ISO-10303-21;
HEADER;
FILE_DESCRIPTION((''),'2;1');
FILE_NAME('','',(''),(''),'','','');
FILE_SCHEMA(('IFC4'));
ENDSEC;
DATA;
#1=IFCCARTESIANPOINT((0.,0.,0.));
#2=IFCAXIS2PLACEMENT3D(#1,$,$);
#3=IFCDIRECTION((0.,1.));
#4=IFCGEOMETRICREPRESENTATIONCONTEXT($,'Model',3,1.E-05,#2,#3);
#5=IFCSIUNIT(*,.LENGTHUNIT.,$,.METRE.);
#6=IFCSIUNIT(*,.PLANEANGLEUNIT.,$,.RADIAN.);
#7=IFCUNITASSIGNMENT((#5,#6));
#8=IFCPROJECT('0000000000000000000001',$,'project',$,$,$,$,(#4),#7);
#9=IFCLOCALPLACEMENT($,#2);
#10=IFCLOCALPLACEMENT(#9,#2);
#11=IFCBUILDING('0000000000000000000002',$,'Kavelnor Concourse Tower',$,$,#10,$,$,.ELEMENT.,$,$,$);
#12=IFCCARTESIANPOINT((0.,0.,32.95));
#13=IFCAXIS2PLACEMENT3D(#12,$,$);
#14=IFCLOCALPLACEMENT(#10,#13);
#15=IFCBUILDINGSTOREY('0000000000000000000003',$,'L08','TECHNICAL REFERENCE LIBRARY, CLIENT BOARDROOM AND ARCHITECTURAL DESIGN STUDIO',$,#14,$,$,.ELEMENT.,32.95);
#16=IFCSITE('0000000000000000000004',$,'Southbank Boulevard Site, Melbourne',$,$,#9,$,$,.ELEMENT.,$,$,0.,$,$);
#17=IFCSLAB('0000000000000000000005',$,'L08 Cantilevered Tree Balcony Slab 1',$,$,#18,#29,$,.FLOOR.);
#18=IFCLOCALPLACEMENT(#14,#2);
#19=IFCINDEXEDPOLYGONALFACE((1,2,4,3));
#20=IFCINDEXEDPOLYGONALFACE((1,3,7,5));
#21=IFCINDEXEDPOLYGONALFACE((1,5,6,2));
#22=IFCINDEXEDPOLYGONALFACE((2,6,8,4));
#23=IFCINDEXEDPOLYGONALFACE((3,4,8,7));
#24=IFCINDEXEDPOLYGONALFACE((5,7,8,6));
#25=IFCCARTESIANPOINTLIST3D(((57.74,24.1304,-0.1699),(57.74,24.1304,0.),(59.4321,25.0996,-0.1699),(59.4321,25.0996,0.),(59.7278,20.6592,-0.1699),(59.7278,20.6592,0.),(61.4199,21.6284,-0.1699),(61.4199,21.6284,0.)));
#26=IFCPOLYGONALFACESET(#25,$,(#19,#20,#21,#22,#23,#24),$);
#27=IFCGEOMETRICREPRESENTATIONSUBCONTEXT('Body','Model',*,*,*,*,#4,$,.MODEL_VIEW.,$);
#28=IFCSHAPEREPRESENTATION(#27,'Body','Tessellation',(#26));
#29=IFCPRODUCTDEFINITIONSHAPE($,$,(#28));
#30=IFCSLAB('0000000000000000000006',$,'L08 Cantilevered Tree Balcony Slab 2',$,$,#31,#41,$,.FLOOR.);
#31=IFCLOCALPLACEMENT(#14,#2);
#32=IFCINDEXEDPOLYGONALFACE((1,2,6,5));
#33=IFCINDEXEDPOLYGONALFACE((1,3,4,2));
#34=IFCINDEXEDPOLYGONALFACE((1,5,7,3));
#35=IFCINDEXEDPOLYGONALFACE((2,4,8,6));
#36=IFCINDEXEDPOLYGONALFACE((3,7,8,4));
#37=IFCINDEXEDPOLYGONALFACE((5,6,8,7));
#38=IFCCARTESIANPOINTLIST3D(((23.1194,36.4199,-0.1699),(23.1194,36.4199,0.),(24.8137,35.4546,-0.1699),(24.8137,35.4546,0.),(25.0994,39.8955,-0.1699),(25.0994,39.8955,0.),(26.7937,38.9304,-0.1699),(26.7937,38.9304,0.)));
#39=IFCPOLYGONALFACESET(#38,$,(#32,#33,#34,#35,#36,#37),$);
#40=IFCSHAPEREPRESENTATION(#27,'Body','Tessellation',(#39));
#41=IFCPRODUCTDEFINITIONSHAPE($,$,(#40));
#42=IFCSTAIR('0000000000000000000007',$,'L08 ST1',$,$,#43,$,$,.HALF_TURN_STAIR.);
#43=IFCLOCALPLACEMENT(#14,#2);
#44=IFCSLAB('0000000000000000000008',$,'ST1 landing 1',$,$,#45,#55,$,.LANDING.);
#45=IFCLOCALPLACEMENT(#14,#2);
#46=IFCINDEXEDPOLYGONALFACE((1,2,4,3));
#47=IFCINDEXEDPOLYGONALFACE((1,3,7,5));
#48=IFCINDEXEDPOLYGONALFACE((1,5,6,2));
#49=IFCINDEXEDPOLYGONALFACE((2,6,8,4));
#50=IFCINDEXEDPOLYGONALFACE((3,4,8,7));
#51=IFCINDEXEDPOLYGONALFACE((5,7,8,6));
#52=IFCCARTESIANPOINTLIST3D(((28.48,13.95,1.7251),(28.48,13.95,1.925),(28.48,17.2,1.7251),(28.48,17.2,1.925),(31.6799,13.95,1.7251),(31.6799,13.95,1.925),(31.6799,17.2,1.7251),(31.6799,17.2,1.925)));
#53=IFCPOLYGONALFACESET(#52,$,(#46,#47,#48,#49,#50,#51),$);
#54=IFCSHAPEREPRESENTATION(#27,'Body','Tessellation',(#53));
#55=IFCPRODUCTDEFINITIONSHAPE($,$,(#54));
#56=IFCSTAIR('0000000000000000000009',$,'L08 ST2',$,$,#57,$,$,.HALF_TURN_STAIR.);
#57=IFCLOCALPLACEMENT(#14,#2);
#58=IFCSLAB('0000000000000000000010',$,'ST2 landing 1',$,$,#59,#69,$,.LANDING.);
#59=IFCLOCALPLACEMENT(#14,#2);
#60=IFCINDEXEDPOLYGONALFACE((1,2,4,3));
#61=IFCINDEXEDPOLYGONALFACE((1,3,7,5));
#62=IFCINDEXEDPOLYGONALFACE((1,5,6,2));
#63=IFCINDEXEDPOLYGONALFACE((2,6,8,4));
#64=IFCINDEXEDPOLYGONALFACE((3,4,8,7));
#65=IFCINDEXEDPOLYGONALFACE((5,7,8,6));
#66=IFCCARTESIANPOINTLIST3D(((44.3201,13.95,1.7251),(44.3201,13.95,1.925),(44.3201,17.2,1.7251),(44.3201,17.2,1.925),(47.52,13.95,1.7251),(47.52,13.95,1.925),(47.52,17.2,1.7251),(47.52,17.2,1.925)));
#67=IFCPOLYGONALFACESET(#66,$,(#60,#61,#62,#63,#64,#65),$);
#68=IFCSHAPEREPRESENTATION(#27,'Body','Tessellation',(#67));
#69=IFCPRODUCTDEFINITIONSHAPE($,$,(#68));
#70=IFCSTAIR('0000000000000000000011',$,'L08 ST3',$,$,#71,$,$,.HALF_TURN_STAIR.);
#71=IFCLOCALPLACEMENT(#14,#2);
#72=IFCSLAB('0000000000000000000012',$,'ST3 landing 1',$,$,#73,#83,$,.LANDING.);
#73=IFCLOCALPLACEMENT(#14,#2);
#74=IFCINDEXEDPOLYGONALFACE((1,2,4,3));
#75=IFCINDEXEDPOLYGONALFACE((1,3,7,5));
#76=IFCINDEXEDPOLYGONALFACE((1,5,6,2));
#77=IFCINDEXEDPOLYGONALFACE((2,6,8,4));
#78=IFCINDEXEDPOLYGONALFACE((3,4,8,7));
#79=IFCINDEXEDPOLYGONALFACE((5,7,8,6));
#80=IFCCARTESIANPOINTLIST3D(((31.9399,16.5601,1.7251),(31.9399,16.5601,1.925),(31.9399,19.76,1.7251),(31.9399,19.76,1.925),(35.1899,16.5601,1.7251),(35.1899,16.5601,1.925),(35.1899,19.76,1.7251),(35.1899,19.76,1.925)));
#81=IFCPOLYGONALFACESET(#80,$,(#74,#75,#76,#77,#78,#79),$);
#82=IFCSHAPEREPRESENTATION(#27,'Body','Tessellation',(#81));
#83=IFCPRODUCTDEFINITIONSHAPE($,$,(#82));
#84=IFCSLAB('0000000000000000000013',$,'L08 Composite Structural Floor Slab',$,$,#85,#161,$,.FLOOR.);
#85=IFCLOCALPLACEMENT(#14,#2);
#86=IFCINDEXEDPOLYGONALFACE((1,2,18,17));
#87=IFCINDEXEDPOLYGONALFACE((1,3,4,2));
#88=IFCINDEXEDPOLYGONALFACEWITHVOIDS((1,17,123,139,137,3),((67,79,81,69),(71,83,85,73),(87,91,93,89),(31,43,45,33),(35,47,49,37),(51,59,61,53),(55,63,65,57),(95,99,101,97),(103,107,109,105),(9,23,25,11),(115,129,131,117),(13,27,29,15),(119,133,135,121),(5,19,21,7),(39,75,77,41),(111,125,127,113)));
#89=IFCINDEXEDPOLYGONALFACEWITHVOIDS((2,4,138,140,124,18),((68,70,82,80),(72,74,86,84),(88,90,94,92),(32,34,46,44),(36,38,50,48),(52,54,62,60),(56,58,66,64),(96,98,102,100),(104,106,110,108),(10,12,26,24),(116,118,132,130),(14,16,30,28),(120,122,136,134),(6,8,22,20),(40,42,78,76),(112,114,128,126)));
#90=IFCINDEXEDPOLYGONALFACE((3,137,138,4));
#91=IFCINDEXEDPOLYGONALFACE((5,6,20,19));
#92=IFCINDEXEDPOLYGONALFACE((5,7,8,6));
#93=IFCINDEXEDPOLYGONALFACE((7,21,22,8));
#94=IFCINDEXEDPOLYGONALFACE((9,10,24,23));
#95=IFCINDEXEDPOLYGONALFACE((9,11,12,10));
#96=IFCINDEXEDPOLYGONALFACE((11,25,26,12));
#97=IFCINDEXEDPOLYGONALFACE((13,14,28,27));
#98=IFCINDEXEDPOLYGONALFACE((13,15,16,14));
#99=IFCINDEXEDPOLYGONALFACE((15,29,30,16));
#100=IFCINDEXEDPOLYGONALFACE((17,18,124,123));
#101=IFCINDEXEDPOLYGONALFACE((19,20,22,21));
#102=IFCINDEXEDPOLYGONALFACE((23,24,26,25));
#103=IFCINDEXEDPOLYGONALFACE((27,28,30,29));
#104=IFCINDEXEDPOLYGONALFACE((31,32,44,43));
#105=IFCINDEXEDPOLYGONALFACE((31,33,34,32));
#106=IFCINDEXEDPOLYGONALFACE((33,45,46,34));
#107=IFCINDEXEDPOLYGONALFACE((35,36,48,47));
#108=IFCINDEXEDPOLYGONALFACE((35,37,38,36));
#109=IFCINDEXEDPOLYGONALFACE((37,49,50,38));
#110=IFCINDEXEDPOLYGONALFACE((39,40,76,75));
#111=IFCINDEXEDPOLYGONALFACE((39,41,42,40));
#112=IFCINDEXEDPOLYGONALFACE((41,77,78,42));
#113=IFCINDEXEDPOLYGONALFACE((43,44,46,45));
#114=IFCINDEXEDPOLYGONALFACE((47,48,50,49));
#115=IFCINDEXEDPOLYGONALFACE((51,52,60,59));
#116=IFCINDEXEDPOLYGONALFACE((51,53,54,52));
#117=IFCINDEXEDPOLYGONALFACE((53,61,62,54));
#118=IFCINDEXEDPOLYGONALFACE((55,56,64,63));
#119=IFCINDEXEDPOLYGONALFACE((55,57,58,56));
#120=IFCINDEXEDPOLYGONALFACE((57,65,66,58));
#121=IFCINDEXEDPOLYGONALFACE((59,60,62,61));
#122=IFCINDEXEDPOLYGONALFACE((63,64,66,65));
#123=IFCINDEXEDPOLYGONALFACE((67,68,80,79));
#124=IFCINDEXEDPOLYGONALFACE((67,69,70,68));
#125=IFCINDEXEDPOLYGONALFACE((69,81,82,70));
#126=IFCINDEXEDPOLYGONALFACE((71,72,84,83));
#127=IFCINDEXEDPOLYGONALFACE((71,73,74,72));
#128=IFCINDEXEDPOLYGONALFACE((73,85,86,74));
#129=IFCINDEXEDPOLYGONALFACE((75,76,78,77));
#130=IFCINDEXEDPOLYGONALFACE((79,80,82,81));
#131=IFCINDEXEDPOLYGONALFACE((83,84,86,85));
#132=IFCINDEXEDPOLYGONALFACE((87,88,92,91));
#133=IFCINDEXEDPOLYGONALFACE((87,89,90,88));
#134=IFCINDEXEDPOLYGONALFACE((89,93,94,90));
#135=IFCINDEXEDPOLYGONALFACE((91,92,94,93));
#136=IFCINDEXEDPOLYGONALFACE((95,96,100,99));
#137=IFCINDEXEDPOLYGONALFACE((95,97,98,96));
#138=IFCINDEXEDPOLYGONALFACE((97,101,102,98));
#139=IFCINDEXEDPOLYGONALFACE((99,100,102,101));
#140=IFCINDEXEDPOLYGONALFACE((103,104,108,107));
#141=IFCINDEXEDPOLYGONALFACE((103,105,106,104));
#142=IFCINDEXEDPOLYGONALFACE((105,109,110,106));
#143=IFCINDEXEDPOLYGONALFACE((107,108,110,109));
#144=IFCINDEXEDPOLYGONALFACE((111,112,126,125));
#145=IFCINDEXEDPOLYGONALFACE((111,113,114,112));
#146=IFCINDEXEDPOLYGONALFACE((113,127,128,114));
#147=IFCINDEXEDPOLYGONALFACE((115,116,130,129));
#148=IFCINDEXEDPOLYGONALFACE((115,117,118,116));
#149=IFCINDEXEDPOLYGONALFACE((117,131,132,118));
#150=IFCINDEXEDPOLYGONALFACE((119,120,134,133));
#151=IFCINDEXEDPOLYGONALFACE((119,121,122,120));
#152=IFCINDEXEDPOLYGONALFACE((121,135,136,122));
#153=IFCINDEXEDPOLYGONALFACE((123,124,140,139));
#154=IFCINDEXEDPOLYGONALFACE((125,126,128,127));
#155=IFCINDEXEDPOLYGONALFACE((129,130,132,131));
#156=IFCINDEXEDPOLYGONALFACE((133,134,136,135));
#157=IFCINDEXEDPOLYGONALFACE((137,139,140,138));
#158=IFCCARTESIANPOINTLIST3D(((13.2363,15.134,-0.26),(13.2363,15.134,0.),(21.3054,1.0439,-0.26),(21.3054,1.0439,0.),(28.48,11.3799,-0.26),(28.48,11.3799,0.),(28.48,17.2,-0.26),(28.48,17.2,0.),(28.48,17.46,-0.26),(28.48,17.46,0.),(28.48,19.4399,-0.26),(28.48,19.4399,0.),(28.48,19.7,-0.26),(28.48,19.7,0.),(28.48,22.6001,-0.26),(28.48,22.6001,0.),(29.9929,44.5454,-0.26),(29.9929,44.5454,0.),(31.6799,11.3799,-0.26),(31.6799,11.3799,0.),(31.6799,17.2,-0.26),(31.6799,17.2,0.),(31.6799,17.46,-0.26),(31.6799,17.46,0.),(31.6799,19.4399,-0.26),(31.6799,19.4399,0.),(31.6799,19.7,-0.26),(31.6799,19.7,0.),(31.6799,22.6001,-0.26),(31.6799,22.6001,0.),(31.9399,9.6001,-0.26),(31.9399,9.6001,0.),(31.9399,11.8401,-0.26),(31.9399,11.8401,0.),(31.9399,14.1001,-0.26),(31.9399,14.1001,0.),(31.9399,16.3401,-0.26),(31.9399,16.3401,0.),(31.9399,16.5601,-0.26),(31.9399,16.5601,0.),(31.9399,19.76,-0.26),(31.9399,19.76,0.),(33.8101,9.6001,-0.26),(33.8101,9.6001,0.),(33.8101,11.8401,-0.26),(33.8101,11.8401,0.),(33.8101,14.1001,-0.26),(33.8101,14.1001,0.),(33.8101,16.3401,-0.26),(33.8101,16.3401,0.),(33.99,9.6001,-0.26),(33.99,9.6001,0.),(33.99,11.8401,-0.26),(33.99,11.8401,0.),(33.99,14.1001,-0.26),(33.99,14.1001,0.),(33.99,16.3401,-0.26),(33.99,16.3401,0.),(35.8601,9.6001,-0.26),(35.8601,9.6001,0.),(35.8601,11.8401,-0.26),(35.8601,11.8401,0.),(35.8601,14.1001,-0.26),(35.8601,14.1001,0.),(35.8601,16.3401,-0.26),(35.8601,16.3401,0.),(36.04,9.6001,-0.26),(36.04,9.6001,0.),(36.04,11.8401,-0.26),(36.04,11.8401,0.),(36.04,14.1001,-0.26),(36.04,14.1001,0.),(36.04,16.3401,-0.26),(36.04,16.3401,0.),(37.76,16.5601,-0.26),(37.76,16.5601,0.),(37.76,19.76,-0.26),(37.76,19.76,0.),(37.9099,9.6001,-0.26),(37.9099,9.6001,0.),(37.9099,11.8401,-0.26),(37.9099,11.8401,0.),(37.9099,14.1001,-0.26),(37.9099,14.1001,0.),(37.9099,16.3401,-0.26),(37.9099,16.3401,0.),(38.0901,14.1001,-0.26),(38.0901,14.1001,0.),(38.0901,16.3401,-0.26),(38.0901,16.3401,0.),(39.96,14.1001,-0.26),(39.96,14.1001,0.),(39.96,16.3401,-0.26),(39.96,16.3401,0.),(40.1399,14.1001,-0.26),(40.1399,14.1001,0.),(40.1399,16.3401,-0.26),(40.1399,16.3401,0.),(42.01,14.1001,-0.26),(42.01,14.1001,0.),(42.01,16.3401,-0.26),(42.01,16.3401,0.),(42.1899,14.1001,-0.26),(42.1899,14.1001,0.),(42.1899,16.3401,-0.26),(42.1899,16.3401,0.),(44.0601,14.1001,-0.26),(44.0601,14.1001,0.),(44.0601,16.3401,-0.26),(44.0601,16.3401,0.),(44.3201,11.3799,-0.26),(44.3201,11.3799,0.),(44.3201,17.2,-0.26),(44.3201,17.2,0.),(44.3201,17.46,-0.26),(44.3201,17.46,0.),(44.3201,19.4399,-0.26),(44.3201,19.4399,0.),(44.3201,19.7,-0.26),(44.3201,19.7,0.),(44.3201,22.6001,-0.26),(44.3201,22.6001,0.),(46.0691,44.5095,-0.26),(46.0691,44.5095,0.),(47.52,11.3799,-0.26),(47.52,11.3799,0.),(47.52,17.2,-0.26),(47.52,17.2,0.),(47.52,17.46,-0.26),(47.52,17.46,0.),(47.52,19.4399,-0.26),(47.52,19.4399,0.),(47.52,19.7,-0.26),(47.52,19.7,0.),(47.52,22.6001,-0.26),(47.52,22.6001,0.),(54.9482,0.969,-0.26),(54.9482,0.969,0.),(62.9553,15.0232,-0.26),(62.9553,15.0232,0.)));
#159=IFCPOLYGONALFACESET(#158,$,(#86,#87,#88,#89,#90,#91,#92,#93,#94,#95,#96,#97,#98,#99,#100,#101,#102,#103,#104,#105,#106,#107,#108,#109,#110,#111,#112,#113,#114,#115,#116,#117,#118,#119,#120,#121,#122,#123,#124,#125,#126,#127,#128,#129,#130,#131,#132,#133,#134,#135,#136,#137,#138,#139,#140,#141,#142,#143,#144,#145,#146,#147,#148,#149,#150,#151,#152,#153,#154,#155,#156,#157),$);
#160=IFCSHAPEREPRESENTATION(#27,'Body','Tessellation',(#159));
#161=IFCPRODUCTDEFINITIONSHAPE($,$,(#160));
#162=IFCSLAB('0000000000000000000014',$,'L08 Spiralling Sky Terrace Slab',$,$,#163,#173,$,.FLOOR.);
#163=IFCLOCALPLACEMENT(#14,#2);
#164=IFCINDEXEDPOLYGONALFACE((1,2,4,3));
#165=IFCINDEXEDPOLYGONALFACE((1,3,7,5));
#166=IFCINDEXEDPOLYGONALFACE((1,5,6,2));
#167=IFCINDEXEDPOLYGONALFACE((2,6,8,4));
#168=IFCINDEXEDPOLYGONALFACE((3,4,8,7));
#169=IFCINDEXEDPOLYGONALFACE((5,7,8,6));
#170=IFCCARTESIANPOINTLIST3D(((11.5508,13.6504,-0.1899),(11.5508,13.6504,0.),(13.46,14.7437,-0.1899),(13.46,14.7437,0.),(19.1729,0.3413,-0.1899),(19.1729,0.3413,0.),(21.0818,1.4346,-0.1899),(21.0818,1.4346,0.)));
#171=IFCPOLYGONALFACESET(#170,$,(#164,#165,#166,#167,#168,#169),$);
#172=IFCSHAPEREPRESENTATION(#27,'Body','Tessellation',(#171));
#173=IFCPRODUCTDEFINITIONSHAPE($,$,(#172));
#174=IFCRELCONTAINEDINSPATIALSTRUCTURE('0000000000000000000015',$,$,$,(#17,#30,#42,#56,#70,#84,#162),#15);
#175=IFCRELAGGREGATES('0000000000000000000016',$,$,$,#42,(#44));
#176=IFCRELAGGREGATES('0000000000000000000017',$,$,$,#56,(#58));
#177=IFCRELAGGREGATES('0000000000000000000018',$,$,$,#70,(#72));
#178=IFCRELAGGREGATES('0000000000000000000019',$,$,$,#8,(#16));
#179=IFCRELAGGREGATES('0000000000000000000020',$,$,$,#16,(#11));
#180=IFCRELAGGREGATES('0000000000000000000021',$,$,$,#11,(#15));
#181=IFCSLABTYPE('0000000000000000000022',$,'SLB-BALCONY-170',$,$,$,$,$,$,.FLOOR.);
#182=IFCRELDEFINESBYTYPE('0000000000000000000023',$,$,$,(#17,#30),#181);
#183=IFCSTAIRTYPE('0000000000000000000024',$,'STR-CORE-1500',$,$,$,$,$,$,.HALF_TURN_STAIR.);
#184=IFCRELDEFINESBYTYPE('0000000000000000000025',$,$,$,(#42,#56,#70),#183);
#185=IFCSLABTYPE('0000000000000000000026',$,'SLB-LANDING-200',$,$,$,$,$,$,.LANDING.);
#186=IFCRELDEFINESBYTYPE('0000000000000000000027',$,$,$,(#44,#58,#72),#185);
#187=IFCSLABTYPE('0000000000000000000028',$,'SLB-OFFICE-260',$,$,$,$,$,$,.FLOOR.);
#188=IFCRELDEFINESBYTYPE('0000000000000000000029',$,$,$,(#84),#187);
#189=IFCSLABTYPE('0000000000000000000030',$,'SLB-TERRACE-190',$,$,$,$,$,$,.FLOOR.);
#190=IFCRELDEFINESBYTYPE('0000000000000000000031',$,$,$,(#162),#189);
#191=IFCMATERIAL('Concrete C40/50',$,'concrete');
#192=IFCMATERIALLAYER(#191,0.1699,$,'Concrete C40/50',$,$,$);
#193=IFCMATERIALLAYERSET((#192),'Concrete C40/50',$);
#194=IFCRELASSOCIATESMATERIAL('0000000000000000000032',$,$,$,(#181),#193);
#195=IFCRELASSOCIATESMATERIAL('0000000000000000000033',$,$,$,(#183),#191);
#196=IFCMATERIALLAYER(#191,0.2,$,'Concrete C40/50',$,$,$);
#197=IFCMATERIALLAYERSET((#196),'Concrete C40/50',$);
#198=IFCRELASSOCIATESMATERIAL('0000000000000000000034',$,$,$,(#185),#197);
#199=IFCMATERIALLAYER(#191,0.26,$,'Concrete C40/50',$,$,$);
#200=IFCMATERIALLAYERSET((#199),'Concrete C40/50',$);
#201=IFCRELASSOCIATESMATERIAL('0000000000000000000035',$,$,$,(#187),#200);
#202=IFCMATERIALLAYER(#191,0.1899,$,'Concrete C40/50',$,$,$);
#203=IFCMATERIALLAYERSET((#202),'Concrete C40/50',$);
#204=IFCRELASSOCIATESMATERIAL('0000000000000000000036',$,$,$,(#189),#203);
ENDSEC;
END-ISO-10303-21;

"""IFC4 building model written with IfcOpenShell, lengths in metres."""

from ifc_helpers import new_model, si_unit, direction, frame, origin, place, context, subcontext, project, spatial, polyline, outline, extrude, material, layer, layer_set, type_object, element, aggregate, save


model = new_model("IFC4")

# Units and contexts
model_context = context("Model", 3, precision=1e-05, world=origin(), true_north=direction((0.0, 1.0)))
body_context = subcontext(model_context, "Body", "Model", "MODEL_VIEW")
ifc_project = project(units=[si_unit("LENGTHUNIT", "METRE"), si_unit("PLANEANGLEUNIT", "RADIAN")], contexts=[model_context])

# Site, building, storey
site_placement = place(None, origin())
site = spatial("IfcSite", under=ifc_project, at=site_placement, Name="Southbank Boulevard Site, Melbourne", CompositionType="ELEMENT", RefElevation=0.0)
building_placement = place(site_placement, origin())
building = spatial("IfcBuilding", under=site, at=building_placement, Name="Kavelnor Concourse Tower", CompositionType="ELEMENT")
storey_placement = place(building_placement, frame((0.0, 0.0, 32.95)))
storey = spatial("IfcBuildingStorey", under=building, at=storey_placement, Name="L08", Description="TECHNICAL REFERENCE LIBRARY, CLIENT BOARDROOM AND ARCHITECTURAL DESIGN STUDIO", CompositionType="ELEMENT", Elevation=32.95)

# Slabs
ifc_material_1 = material(Name="Concrete C40/50", Category="concrete")
ifc_layer_1 = layer(ifc_material_1, 0.1699, Name="Concrete C40/50")
ifc_layer_set_1 = layer_set([ifc_layer_1], Name="Concrete C40/50")
slab_type_1 = type_object("IfcSlabType", Name="SLB-BALCONY-170", PredefinedType="FLOOR", material=ifc_layer_set_1)
slab_1_placement = place(storey_placement, frame((0.0, 0.0, -0.1699)))
element("IfcSlab", 1, at=slab_1_placement, inside=storey, type_object=slab_type_1, Name="L08 Cantilevered Tree Balcony Slab 1", PredefinedType="FLOOR", context=body_context, shape_type="SweptSolid", body=[
    extrude(outline(polyline([(59.4321, 25.0996), (61.4199, 21.6284), (59.7278, 20.6592), (57.74, 24.1304), (59.4321, 25.0996)])), origin(), (0.0, 0.0, 1.0), 0.1699),
])
slab_2_placement = place(storey_placement, frame((0.0, 0.0, -0.1699)))
element("IfcSlab", 2, at=slab_2_placement, inside=storey, type_object=slab_type_1, Name="L08 Cantilevered Tree Balcony Slab 2", PredefinedType="FLOOR", context=body_context, shape_type="SweptSolid", body=[
    extrude(outline(polyline([(23.1194, 36.4199), (25.0994, 39.8955), (26.7937, 38.9304), (24.8137, 35.4546), (23.1194, 36.4199)])), origin(), (0.0, 0.0, 1.0), 0.1699),
])

# Stairs, slabs
stair_type = type_object("IfcStairType", Name="STR-CORE-1500", PredefinedType="HALF_TURN_STAIR", material=ifc_material_1)
stair_1_placement = place(storey_placement, origin())
stair_1 = element("IfcStair", 3, at=stair_1_placement, inside=storey, type_object=stair_type, Name="L08 ST1", PredefinedType="HALF_TURN_STAIR")
ifc_layer_2 = layer(ifc_material_1, 0.2, Name="Concrete C40/50")
ifc_layer_set_2 = layer_set([ifc_layer_2], Name="Concrete C40/50")
slab_type_2 = type_object("IfcSlabType", Name="SLB-LANDING-200", PredefinedType="LANDING", material=ifc_layer_set_2)
slab_3_placement = place(storey_placement, frame((0.0, 0.0, 1.7251)))
slab_3 = element("IfcSlab", 4, at=slab_3_placement, type_object=slab_type_2, Name="ST1 landing 1", PredefinedType="LANDING", context=body_context, shape_type="SweptSolid", body=[
    extrude(outline(polyline([(31.6799, 13.95), (31.6799, 17.2), (28.48, 17.2), (28.48, 13.95), (31.6799, 13.95)])), origin(), (0.0, 0.0, 1.0), 0.2),
])
aggregate(stair_1, [slab_3])
stair_2_placement = place(storey_placement, origin())
stair_2 = element("IfcStair", 5, at=stair_2_placement, inside=storey, type_object=stair_type, Name="L08 ST2", PredefinedType="HALF_TURN_STAIR")
slab_4_placement = place(storey_placement, frame((0.0, 0.0, 1.7251)))
slab_4 = element("IfcSlab", 6, at=slab_4_placement, type_object=slab_type_2, Name="ST2 landing 1", PredefinedType="LANDING", context=body_context, shape_type="SweptSolid", body=[
    extrude(outline(polyline([(47.52, 13.95), (47.52, 17.2), (44.3201, 17.2), (44.3201, 13.95), (47.52, 13.95)])), origin(), (0.0, 0.0, 1.0), 0.2),
])
aggregate(stair_2, [slab_4])
stair_3_placement = place(storey_placement, origin())
stair_3 = element("IfcStair", 7, at=stair_3_placement, inside=storey, type_object=stair_type, Name="L08 ST3", PredefinedType="HALF_TURN_STAIR")
slab_5_placement = place(storey_placement, frame((0.0, 0.0, 1.7251)))
slab_5 = element("IfcSlab", 8, at=slab_5_placement, type_object=slab_type_2, Name="ST3 landing 1", PredefinedType="LANDING", context=body_context, shape_type="SweptSolid", body=[
    extrude(outline(polyline([(35.1899, 19.76), (31.9399, 19.76), (31.9399, 16.5601), (35.1899, 16.5601), (35.1899, 19.76)])), origin(), (0.0, 0.0, 1.0), 0.2),
])
aggregate(stair_3, [slab_5])

# Slabs
ifc_layer_3 = layer(ifc_material_1, 0.26, Name="Concrete C40/50")
ifc_layer_set_3 = layer_set([ifc_layer_3], Name="Concrete C40/50")
slab_type_3 = type_object("IfcSlabType", Name="SLB-OFFICE-260", PredefinedType="FLOOR", material=ifc_layer_set_3)
slab_6_placement = place(storey_placement, frame((0.0, 0.0, -0.26)))
element("IfcSlab", 9, at=slab_6_placement, inside=storey, type_object=slab_type_3, Name="L08 Composite Structural Floor Slab", PredefinedType="FLOOR", context=body_context, shape_type="SweptSolid", body=[
    extrude(outline(polyline([(46.0691, 44.5095), (29.9929, 44.5454), (13.2363, 15.134), (21.3054, 1.0439), (54.9482, 0.969), (62.9553, 15.0232), (46.0691, 44.5095)]), holes=[polyline([(28.48, 11.3799), (31.6799, 11.3799), (31.6799, 17.2), (28.48, 17.2), (28.48, 11.3799)]), polyline([(44.3201, 11.3799), (47.52, 11.3799), (47.52, 17.2), (44.3201, 17.2), (44.3201, 11.3799)]), polyline([(31.9399, 16.5601), (37.76, 16.5601), (37.76, 19.76), (31.9399, 19.76), (31.9399, 16.5601)]), polyline([(28.48, 19.7), (31.6799, 19.7), (31.6799, 22.6001), (28.48, 22.6001), (28.48, 19.7)]), polyline([(44.3201, 19.7), (47.52, 19.7), (47.52, 22.6001), (44.3201, 22.6001), (44.3201, 19.7)]), polyline([(31.9399, 14.1001), (33.8101, 14.1001), (33.8101, 16.3401), (31.9399, 16.3401), (31.9399, 14.1001)]), polyline([(33.99, 14.1001), (35.8601, 14.1001), (35.8601, 16.3401), (33.99, 16.3401), (33.99, 14.1001)]), polyline([(36.04, 14.1001), (37.9099, 14.1001), (37.9099, 16.3401), (36.04, 16.3401), (36.04, 14.1001)]), polyline([(38.0901, 14.1001), (39.96, 14.1001), (39.96, 16.3401), (38.0901, 16.3401), (38.0901, 14.1001)]), polyline([(40.1399, 14.1001), (42.01, 14.1001), (42.01, 16.3401), (40.1399, 16.3401), (40.1399, 14.1001)]), polyline([(42.1899, 14.1001), (44.0601, 14.1001), (44.0601, 16.3401), (42.1899, 16.3401), (42.1899, 14.1001)]), polyline([(31.9399, 9.6001), (33.8101, 9.6001), (33.8101, 11.8401), (31.9399, 11.8401), (31.9399, 9.6001)]), polyline([(33.99, 9.6001), (35.8601, 9.6001), (35.8601, 11.8401), (33.99, 11.8401), (33.99, 9.6001)]), polyline([(36.04, 9.6001), (37.9099, 9.6001), (37.9099, 11.8401), (36.04, 11.8401), (36.04, 9.6001)]), polyline([(28.48, 17.46), (31.6799, 17.46), (31.6799, 19.4399), (28.48, 19.4399), (28.48, 17.46)]), polyline([(44.3201, 17.46), (47.52, 17.46), (47.52, 19.4399), (44.3201, 19.4399), (44.3201, 17.46)])]), origin(), (0.0, 0.0, 1.0), 0.26),
])
ifc_layer_4 = layer(ifc_material_1, 0.1899, Name="Concrete C40/50")
ifc_layer_set_4 = layer_set([ifc_layer_4], Name="Concrete C40/50")
slab_type_4 = type_object("IfcSlabType", Name="SLB-TERRACE-190", PredefinedType="FLOOR", material=ifc_layer_set_4)
slab_7_placement = place(storey_placement, frame((0.0, 0.0, -0.1899)))
element("IfcSlab", 10, at=slab_7_placement, inside=storey, type_object=slab_type_4, Name="L08 Spiralling Sky Terrace Slab", PredefinedType="FLOOR", context=body_context, shape_type="SweptSolid", body=[
    extrude(outline(polyline([(19.1729, 0.3413), (11.5508, 13.6504), (13.46, 14.7437), (21.0818, 1.4346), (19.1729, 0.3413)])), origin(), (0.0, 0.0, 1.0), 0.1899),
])

save(model, "model.ifc")
